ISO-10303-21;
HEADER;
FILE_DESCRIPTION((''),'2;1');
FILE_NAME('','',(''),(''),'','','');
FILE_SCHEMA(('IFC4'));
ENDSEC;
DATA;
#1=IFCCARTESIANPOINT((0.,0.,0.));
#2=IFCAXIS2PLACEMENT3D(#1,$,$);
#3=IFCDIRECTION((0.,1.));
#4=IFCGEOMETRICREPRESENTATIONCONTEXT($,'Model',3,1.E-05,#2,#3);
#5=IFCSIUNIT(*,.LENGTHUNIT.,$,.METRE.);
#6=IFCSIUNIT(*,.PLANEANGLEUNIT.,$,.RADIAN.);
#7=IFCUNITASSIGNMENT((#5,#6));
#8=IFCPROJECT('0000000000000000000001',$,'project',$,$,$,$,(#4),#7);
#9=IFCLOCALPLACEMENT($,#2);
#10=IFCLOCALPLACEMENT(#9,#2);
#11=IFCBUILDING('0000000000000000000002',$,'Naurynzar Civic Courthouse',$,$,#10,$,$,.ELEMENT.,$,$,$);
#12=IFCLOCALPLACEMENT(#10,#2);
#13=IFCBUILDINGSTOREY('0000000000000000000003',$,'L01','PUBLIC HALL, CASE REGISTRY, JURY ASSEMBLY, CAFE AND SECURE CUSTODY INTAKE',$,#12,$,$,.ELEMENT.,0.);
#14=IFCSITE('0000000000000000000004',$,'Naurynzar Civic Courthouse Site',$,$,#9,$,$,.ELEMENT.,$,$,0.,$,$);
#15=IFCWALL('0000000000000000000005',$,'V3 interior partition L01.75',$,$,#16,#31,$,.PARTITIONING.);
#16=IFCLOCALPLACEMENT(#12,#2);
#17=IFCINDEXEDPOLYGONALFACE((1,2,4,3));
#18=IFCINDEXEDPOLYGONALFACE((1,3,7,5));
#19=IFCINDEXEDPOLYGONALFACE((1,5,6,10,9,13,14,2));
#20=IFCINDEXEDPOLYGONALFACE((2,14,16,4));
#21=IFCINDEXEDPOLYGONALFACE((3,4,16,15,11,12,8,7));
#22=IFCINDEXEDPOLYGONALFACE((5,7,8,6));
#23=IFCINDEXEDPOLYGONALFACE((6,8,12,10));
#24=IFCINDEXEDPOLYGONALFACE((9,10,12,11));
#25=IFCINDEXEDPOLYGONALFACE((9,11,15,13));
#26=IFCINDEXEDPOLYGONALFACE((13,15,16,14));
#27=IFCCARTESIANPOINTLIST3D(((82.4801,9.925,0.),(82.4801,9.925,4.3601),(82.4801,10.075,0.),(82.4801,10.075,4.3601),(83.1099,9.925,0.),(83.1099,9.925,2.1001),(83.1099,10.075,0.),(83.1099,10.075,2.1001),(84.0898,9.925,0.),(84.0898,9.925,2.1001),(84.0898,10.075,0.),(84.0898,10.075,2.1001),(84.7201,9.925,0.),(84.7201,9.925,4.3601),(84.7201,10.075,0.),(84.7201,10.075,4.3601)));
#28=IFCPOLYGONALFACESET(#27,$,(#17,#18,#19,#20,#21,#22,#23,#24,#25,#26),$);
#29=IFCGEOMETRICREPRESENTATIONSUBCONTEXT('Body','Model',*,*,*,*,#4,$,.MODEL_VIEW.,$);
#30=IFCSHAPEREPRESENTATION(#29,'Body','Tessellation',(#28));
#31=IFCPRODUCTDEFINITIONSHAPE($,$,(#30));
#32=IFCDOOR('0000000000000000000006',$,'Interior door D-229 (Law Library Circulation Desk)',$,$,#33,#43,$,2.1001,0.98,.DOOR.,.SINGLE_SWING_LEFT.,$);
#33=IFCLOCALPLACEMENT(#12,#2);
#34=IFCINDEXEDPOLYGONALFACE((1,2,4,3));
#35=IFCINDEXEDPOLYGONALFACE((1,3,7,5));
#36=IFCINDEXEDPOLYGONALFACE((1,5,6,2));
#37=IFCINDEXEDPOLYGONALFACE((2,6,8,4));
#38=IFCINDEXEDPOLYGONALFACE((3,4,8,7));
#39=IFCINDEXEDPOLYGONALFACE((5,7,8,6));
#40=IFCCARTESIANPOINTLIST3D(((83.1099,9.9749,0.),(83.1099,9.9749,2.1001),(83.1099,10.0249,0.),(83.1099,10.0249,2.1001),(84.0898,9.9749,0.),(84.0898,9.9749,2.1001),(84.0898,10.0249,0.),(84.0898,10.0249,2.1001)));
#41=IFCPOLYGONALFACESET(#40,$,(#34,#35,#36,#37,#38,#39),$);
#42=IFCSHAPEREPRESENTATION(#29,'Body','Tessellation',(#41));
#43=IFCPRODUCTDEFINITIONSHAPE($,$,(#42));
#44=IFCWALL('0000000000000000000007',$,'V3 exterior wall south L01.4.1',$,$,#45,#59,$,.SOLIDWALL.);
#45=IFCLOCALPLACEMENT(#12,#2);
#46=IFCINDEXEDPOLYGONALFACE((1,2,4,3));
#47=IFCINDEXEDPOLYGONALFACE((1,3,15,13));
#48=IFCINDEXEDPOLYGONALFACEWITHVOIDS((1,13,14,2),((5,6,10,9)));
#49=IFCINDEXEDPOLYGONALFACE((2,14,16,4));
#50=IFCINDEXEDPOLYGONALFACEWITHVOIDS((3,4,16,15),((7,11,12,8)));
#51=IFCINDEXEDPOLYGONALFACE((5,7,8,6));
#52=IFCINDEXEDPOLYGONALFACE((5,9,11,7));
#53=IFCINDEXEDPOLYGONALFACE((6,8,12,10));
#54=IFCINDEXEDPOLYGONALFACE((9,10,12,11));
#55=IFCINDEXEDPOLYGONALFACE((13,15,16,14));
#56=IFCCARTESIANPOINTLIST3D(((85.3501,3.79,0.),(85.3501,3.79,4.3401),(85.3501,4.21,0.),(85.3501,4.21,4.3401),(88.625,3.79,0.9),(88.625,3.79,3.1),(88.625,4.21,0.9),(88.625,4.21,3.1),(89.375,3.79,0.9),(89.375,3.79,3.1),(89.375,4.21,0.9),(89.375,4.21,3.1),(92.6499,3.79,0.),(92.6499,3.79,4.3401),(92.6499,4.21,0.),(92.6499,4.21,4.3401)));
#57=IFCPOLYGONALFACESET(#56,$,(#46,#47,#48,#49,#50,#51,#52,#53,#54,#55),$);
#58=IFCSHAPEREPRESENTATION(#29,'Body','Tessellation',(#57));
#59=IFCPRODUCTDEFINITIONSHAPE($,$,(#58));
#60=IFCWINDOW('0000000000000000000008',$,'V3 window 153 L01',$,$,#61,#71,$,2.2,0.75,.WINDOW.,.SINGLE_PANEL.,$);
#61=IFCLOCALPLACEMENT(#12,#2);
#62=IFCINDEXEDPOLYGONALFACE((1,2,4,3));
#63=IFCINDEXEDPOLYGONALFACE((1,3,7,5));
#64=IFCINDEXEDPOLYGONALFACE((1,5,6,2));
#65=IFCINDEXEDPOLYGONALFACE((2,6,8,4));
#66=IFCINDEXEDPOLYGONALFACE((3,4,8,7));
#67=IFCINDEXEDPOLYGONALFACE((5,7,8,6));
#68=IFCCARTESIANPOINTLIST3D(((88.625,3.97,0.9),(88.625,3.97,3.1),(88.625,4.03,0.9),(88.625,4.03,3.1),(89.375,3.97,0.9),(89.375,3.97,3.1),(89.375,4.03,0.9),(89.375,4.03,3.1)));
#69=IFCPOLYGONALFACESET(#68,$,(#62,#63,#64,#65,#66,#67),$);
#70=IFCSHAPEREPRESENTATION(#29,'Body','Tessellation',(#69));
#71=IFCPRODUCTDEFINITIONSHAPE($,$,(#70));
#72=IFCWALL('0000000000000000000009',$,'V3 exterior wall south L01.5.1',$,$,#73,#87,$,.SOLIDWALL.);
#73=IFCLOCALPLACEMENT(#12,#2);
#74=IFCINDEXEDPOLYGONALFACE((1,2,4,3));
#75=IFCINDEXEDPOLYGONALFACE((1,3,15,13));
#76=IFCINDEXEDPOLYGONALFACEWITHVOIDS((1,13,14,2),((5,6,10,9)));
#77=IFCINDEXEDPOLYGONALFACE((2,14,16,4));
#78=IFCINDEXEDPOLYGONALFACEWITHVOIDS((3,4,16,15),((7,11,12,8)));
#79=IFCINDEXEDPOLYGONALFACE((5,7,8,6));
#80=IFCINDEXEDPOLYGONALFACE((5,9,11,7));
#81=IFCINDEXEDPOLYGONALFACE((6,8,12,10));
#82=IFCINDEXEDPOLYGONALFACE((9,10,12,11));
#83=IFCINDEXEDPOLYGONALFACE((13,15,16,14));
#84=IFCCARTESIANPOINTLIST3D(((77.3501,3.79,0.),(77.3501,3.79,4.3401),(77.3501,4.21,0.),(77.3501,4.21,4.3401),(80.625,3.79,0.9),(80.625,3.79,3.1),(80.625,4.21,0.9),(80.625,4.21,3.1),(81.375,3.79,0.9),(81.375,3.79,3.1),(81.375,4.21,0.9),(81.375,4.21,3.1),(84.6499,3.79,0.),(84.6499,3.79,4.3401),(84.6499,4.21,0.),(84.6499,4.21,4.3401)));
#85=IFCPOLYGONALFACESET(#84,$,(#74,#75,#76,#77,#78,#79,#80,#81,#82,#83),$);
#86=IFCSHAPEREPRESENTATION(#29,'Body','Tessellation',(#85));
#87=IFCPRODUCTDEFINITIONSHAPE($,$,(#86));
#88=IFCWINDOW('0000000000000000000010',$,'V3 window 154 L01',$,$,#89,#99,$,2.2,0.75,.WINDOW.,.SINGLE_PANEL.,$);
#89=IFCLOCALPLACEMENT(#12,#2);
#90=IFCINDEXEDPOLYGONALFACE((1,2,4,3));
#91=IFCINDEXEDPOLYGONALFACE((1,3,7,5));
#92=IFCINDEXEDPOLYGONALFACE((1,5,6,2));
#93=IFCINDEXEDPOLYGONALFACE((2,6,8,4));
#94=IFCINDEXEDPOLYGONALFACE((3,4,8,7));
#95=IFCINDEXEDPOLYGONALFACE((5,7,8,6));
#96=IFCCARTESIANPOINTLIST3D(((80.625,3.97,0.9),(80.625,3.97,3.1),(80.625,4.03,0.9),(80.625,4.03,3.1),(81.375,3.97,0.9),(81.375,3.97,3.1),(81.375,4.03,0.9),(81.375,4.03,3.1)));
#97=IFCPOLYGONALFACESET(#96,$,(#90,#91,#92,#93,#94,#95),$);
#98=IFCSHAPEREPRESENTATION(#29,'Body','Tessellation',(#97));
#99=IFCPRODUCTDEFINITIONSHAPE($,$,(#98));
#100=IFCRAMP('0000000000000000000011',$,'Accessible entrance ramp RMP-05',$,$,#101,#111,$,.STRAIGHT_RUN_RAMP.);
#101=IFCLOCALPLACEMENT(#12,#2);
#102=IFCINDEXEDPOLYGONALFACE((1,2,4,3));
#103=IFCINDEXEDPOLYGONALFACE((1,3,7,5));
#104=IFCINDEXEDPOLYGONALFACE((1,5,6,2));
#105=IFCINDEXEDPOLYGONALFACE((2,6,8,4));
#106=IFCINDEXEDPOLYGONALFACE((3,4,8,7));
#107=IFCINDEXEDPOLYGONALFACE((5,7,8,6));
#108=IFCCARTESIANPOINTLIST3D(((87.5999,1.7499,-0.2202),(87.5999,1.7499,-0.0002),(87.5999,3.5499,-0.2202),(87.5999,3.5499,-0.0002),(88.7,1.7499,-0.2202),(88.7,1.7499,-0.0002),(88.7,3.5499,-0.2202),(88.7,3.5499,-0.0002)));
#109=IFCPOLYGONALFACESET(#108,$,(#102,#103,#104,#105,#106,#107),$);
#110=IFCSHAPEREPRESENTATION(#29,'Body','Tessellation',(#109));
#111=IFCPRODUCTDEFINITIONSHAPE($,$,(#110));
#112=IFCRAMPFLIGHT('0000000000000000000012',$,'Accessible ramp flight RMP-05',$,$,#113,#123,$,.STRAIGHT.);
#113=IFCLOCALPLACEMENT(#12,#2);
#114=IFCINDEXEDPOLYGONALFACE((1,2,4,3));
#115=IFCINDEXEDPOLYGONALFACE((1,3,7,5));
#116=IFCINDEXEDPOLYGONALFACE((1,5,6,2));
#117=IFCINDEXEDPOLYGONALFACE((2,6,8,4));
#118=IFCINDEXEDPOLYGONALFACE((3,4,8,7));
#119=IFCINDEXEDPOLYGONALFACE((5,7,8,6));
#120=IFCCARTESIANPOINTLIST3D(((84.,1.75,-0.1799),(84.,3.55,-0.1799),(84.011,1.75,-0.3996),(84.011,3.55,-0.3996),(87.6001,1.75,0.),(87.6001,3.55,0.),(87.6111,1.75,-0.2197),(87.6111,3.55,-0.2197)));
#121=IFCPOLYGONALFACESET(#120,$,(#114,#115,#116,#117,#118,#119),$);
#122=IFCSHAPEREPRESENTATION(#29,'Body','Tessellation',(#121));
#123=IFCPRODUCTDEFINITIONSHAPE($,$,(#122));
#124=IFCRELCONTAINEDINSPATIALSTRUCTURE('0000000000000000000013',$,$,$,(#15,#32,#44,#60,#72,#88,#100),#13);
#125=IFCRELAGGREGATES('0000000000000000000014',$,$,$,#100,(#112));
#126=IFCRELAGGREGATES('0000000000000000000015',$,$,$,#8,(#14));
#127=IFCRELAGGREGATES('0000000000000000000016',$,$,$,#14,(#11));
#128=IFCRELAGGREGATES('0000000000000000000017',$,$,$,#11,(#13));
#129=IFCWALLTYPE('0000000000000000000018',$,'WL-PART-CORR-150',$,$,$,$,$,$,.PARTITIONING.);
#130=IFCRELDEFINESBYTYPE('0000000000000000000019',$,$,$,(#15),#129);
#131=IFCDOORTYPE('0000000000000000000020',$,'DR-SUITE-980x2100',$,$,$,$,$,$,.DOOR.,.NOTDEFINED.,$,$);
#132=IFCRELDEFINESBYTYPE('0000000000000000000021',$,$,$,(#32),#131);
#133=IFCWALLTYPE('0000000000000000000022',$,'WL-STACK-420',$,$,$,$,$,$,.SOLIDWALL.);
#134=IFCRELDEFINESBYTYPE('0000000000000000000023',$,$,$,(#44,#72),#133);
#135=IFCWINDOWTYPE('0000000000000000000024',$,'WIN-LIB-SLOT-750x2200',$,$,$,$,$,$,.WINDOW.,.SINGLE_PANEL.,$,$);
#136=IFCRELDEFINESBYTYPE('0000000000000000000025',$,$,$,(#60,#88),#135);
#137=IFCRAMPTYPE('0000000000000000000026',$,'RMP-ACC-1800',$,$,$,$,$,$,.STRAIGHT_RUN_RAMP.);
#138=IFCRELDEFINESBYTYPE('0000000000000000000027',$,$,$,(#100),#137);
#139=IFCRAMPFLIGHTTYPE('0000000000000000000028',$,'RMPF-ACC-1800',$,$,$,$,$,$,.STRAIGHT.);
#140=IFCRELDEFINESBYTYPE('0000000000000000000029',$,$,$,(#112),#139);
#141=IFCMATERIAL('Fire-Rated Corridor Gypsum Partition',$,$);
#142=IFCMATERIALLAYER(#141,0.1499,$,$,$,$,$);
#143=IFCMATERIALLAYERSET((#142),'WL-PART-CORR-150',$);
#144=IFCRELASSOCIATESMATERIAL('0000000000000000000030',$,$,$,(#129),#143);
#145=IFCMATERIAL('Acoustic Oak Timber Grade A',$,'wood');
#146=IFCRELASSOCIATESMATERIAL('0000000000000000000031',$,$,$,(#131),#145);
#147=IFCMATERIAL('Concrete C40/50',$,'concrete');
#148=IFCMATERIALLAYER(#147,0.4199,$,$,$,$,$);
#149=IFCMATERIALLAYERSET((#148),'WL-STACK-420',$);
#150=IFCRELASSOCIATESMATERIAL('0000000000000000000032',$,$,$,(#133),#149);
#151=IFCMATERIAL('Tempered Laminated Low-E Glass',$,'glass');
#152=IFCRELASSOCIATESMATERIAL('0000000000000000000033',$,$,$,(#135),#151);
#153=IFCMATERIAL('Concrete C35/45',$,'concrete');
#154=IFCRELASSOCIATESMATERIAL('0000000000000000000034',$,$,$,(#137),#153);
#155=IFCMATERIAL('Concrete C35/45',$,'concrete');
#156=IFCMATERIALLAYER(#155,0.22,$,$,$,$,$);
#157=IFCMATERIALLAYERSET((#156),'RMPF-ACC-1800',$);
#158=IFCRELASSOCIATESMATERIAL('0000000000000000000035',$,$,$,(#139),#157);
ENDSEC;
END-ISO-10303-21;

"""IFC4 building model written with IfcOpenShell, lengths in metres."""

from ifc_helpers import new_model, si_unit, direction, frame, frame_2d, origin, origin_2d, place, context, subcontext, project, spatial, polyline, rectangle, outline, extrude, material, layer, layer_set, type_object, element, fill, aggregate, save


model = new_model("IFC4")

# Units and contexts
model_context = context("Model", 3, precision=1e-05, world=origin(), true_north=direction((0.0, 1.0)))
body_context = subcontext(model_context, "Body", "Model", "MODEL_VIEW")
ifc_project = project(units=[si_unit("LENGTHUNIT", "METRE"), si_unit("PLANEANGLEUNIT", "RADIAN")], contexts=[model_context])

# Site, building, storey
site_placement = place(None, origin())
site = spatial("IfcSite", under=ifc_project, at=site_placement, Name="Naurynzar Civic Courthouse Site", CompositionType="ELEMENT", RefElevation=0.0)
building_placement = place(site_placement, origin())
building = spatial("IfcBuilding", under=site, at=building_placement, Name="Naurynzar Civic Courthouse", CompositionType="ELEMENT")
storey_placement = place(building_placement, origin())
storey = spatial("IfcBuildingStorey", under=building, at=storey_placement, Name="L01", Description="PUBLIC HALL, CASE REGISTRY, JURY ASSEMBLY, CAFE AND SECURE CUSTODY INTAKE", CompositionType="ELEMENT", Elevation=0.0)

# Wall, opening, door
ifc_material_1 = material(Name="Fire-Rated Corridor Gypsum Partition")
ifc_layer_1 = layer(ifc_material_1, 0.1499)
ifc_layer_set_1 = layer_set([ifc_layer_1], Name="WL-PART-CORR-150")
wall_type_1 = type_object("IfcWallType", Name="WL-PART-CORR-150", PredefinedType="PARTITIONING", material=ifc_layer_set_1)
wall_1_placement = place(storey_placement, frame((82.48, 10.0, 0.0), z_axis=(0.0, 0.0, 1.0), x_axis=(1.0, 0.0, 0.0)))
wall_1 = element("IfcWall", 1, at=wall_1_placement, inside=storey, type_object=wall_type_1, Name="V3 interior partition L01.75", PredefinedType="PARTITIONING", context=body_context, shape_type="SweptSolid", body=[
    extrude(rectangle(XDim=2.24, YDim=0.1499, at=frame_2d((1.1201, 0.0))), origin(), (0.0, 0.0, 1.0), 4.3601),
])
opening_1_placement = place(wall_1_placement, frame((0.6299, 0.0, 0.0)))
opening_1 = element("IfcOpeningElement", 2, at=opening_1_placement, cuts=wall_1, PredefinedType="OPENING", context=body_context, shape_type="SweptSolid", body=[
    extrude(rectangle(XDim=0.98, YDim=2.1001, at=frame_2d((0.49, 1.05))), frame((0.0, 0.085, 0.0), z_axis=(0.0, -1.0, 0.0), x_axis=(1.0, 0.0, 0.0)), (0.0, 0.0, 1.0), 0.1699),
])
ifc_material_2 = material(Name="Acoustic Oak Timber Grade A", Category="wood")
door_type_1 = type_object("IfcDoorType", Name="DR-SUITE-980x2100", OperationType="NOTDEFINED", PredefinedType="DOOR", material=ifc_material_2)
door_1_placement = place(opening_1_placement, origin())
door_1 = element("IfcDoor", 3, at=door_1_placement, inside=storey, type_object=door_type_1, Name="Interior door D-229 (Law Library Circulation Desk)", OperationType="SINGLE_SWING_LEFT", OverallHeight=2.1001, OverallWidth=0.98, PredefinedType="DOOR", context=body_context, shape_type="SweptSolid", body=[
    extrude(rectangle(XDim=0.98, YDim=2.1001, at=frame_2d((0.49, 1.05))), frame((0.0, 0.0249, 0.0), z_axis=(0.0, -1.0, 0.0), x_axis=(1.0, 0.0, 0.0)), (0.0, 0.0, 1.0), 0.05),
])
fill(opening_1, door_1)

# Walls, openings, windows
ifc_material_3 = material(Name="Concrete C40/50", Category="concrete")
ifc_layer_2 = layer(ifc_material_3, 0.4199)
ifc_layer_set_2 = layer_set([ifc_layer_2], Name="WL-STACK-420")
wall_type_2 = type_object("IfcWallType", Name="WL-STACK-420", PredefinedType="SOLIDWALL", material=ifc_layer_set_2)
wall_2_placement = place(storey_placement, frame((92.6499, 4.0, 0.0), z_axis=(0.0, 0.0, 1.0), x_axis=(-1.0, 0.0, 0.0)))
wall_2 = element("IfcWall", 4, at=wall_2_placement, inside=storey, type_object=wall_type_2, Name="V3 exterior wall south L01.4.1", PredefinedType="SOLIDWALL", context=body_context, shape_type="SweptSolid", body=[
    extrude(rectangle(XDim=7.2998, YDim=0.4199, at=frame_2d((3.6499, 0.0))), origin(), (0.0, 0.0, 1.0), 4.3401),
])
opening_2_placement = place(wall_2_placement, frame((3.2749, 0.0, 0.8999)))
opening_2 = element("IfcOpeningElement", 5, at=opening_2_placement, cuts=wall_2, PredefinedType="OPENING", context=body_context, shape_type="SweptSolid", body=[
    extrude(rectangle(XDim=0.75, YDim=2.2, at=frame_2d((0.375, 1.1001))), frame((0.0, 0.22, 0.0), z_axis=(0.0, -1.0, 0.0), x_axis=(1.0, 0.0, 0.0)), (0.0, 0.0, 1.0), 0.4399),
])
ifc_material_4 = material(Name="Tempered Laminated Low-E Glass", Category="glass")
window_type = type_object("IfcWindowType", Name="WIN-LIB-SLOT-750x2200", PartitioningType="SINGLE_PANEL", PredefinedType="WINDOW", material=ifc_material_4)
window_1_placement = place(opening_2_placement, origin())
window_1 = element("IfcWindow", 6, at=window_1_placement, inside=storey, type_object=window_type, Name="V3 window 153 L01", OverallHeight=2.2, OverallWidth=0.75, PartitioningType="SINGLE_PANEL", PredefinedType="WINDOW", context=body_context, shape_type="SweptSolid", body=[
    extrude(rectangle(XDim=0.75, YDim=2.2, at=frame_2d((0.375, 1.1001))), frame((0.0, 0.03, 0.0), z_axis=(0.0, -1.0, 0.0), x_axis=(1.0, 0.0, 0.0)), (0.0, 0.0, 1.0), 0.0601),
])
fill(opening_2, window_1)
wall_3_placement = place(storey_placement, frame((84.6499, 4.0, 0.0), z_axis=(0.0, 0.0, 1.0), x_axis=(-1.0, 0.0, 0.0)))
wall_3 = element("IfcWall", 7, at=wall_3_placement, inside=storey, type_object=wall_type_2, Name="V3 exterior wall south L01.5.1", PredefinedType="SOLIDWALL", context=body_context, shape_type="SweptSolid", body=[
    extrude(rectangle(XDim=7.2998, YDim=0.4199, at=frame_2d((3.6499, 0.0))), origin(), (0.0, 0.0, 1.0), 4.3401),
])
opening_3_placement = place(wall_3_placement, frame((3.2749, 0.0, 0.8999)))
opening_3 = element("IfcOpeningElement", 8, at=opening_3_placement, cuts=wall_3, PredefinedType="OPENING", context=body_context, shape_type="SweptSolid", body=[
    extrude(rectangle(XDim=0.75, YDim=2.2, at=frame_2d((0.375, 1.1001))), frame((0.0, 0.22, 0.0), z_axis=(0.0, -1.0, 0.0), x_axis=(1.0, 0.0, 0.0)), (0.0, 0.0, 1.0), 0.4399),
])
window_2_placement = place(opening_3_placement, origin())
window_2 = element("IfcWindow", 9, at=window_2_placement, inside=storey, type_object=window_type, Name="V3 window 154 L01", OverallHeight=2.2, OverallWidth=0.75, PartitioningType="SINGLE_PANEL", PredefinedType="WINDOW", context=body_context, shape_type="SweptSolid", body=[
    extrude(rectangle(XDim=0.75, YDim=2.2, at=frame_2d((0.375, 1.1001))), frame((0.0, 0.03, 0.0), z_axis=(0.0, -1.0, 0.0), x_axis=(1.0, 0.0, 0.0)), (0.0, 0.0, 1.0), 0.0601),
])
fill(opening_3, window_2)

# Ramp, ramp flight
ifc_material_5 = material(Name="Concrete C35/45", Category="concrete")
ramp_type = type_object("IfcRampType", Name="RMP-ACC-1800", PredefinedType="STRAIGHT_RUN_RAMP", material=ifc_material_5)
ramp_placement = place(storey_placement, frame((88.1499, 2.6499, -0.2202), z_axis=(0.0, 0.0, 1.0), x_axis=(1.0, 0.0, 0.0)))
ramp = element("IfcRamp", 10, at=ramp_placement, inside=storey, type_object=ramp_type, Name="Accessible entrance ramp RMP-05", PredefinedType="STRAIGHT_RUN_RAMP", context=body_context, shape_type="SweptSolid", body=[
    extrude(rectangle(XDim=1.1001, YDim=1.8, at=origin_2d()), origin(), (0.0, 0.0, 1.0), 0.22),
])
ifc_material_6 = material(Name="Concrete C35/45", Category="concrete")
ifc_layer_3 = layer(ifc_material_6, 0.22)
ifc_layer_set_3 = layer_set([ifc_layer_3], Name="RMPF-ACC-1800")
ramp_flight_type = type_object("IfcRampFlightType", Name="RMPF-ACC-1800", PredefinedType="STRAIGHT", material=ifc_layer_set_3)
ramp_flight_placement = place(storey_placement, frame((84.0, 1.75, -0.1799), z_axis=(-0.049917, 0.0, 0.998753), x_axis=(0.998753, 0.0, 0.049917)))
ramp_flight = element("IfcRampFlight", 11, at=ramp_flight_placement, type_object=ramp_flight_type, Name="Accessible ramp flight RMP-05", PredefinedType="STRAIGHT", context=body_context, shape_type="SweptSolid", body=[
    extrude(outline(polyline([(0.0, 0.0), (3.6046, 0.0), (3.6046, 1.8), (0.0, 1.8), (0.0, 0.0)])), origin(), (0.0, 0.0, -1.0), 0.22),
])
aggregate(ramp, [ramp_flight])

save(model, "model.ifc")
